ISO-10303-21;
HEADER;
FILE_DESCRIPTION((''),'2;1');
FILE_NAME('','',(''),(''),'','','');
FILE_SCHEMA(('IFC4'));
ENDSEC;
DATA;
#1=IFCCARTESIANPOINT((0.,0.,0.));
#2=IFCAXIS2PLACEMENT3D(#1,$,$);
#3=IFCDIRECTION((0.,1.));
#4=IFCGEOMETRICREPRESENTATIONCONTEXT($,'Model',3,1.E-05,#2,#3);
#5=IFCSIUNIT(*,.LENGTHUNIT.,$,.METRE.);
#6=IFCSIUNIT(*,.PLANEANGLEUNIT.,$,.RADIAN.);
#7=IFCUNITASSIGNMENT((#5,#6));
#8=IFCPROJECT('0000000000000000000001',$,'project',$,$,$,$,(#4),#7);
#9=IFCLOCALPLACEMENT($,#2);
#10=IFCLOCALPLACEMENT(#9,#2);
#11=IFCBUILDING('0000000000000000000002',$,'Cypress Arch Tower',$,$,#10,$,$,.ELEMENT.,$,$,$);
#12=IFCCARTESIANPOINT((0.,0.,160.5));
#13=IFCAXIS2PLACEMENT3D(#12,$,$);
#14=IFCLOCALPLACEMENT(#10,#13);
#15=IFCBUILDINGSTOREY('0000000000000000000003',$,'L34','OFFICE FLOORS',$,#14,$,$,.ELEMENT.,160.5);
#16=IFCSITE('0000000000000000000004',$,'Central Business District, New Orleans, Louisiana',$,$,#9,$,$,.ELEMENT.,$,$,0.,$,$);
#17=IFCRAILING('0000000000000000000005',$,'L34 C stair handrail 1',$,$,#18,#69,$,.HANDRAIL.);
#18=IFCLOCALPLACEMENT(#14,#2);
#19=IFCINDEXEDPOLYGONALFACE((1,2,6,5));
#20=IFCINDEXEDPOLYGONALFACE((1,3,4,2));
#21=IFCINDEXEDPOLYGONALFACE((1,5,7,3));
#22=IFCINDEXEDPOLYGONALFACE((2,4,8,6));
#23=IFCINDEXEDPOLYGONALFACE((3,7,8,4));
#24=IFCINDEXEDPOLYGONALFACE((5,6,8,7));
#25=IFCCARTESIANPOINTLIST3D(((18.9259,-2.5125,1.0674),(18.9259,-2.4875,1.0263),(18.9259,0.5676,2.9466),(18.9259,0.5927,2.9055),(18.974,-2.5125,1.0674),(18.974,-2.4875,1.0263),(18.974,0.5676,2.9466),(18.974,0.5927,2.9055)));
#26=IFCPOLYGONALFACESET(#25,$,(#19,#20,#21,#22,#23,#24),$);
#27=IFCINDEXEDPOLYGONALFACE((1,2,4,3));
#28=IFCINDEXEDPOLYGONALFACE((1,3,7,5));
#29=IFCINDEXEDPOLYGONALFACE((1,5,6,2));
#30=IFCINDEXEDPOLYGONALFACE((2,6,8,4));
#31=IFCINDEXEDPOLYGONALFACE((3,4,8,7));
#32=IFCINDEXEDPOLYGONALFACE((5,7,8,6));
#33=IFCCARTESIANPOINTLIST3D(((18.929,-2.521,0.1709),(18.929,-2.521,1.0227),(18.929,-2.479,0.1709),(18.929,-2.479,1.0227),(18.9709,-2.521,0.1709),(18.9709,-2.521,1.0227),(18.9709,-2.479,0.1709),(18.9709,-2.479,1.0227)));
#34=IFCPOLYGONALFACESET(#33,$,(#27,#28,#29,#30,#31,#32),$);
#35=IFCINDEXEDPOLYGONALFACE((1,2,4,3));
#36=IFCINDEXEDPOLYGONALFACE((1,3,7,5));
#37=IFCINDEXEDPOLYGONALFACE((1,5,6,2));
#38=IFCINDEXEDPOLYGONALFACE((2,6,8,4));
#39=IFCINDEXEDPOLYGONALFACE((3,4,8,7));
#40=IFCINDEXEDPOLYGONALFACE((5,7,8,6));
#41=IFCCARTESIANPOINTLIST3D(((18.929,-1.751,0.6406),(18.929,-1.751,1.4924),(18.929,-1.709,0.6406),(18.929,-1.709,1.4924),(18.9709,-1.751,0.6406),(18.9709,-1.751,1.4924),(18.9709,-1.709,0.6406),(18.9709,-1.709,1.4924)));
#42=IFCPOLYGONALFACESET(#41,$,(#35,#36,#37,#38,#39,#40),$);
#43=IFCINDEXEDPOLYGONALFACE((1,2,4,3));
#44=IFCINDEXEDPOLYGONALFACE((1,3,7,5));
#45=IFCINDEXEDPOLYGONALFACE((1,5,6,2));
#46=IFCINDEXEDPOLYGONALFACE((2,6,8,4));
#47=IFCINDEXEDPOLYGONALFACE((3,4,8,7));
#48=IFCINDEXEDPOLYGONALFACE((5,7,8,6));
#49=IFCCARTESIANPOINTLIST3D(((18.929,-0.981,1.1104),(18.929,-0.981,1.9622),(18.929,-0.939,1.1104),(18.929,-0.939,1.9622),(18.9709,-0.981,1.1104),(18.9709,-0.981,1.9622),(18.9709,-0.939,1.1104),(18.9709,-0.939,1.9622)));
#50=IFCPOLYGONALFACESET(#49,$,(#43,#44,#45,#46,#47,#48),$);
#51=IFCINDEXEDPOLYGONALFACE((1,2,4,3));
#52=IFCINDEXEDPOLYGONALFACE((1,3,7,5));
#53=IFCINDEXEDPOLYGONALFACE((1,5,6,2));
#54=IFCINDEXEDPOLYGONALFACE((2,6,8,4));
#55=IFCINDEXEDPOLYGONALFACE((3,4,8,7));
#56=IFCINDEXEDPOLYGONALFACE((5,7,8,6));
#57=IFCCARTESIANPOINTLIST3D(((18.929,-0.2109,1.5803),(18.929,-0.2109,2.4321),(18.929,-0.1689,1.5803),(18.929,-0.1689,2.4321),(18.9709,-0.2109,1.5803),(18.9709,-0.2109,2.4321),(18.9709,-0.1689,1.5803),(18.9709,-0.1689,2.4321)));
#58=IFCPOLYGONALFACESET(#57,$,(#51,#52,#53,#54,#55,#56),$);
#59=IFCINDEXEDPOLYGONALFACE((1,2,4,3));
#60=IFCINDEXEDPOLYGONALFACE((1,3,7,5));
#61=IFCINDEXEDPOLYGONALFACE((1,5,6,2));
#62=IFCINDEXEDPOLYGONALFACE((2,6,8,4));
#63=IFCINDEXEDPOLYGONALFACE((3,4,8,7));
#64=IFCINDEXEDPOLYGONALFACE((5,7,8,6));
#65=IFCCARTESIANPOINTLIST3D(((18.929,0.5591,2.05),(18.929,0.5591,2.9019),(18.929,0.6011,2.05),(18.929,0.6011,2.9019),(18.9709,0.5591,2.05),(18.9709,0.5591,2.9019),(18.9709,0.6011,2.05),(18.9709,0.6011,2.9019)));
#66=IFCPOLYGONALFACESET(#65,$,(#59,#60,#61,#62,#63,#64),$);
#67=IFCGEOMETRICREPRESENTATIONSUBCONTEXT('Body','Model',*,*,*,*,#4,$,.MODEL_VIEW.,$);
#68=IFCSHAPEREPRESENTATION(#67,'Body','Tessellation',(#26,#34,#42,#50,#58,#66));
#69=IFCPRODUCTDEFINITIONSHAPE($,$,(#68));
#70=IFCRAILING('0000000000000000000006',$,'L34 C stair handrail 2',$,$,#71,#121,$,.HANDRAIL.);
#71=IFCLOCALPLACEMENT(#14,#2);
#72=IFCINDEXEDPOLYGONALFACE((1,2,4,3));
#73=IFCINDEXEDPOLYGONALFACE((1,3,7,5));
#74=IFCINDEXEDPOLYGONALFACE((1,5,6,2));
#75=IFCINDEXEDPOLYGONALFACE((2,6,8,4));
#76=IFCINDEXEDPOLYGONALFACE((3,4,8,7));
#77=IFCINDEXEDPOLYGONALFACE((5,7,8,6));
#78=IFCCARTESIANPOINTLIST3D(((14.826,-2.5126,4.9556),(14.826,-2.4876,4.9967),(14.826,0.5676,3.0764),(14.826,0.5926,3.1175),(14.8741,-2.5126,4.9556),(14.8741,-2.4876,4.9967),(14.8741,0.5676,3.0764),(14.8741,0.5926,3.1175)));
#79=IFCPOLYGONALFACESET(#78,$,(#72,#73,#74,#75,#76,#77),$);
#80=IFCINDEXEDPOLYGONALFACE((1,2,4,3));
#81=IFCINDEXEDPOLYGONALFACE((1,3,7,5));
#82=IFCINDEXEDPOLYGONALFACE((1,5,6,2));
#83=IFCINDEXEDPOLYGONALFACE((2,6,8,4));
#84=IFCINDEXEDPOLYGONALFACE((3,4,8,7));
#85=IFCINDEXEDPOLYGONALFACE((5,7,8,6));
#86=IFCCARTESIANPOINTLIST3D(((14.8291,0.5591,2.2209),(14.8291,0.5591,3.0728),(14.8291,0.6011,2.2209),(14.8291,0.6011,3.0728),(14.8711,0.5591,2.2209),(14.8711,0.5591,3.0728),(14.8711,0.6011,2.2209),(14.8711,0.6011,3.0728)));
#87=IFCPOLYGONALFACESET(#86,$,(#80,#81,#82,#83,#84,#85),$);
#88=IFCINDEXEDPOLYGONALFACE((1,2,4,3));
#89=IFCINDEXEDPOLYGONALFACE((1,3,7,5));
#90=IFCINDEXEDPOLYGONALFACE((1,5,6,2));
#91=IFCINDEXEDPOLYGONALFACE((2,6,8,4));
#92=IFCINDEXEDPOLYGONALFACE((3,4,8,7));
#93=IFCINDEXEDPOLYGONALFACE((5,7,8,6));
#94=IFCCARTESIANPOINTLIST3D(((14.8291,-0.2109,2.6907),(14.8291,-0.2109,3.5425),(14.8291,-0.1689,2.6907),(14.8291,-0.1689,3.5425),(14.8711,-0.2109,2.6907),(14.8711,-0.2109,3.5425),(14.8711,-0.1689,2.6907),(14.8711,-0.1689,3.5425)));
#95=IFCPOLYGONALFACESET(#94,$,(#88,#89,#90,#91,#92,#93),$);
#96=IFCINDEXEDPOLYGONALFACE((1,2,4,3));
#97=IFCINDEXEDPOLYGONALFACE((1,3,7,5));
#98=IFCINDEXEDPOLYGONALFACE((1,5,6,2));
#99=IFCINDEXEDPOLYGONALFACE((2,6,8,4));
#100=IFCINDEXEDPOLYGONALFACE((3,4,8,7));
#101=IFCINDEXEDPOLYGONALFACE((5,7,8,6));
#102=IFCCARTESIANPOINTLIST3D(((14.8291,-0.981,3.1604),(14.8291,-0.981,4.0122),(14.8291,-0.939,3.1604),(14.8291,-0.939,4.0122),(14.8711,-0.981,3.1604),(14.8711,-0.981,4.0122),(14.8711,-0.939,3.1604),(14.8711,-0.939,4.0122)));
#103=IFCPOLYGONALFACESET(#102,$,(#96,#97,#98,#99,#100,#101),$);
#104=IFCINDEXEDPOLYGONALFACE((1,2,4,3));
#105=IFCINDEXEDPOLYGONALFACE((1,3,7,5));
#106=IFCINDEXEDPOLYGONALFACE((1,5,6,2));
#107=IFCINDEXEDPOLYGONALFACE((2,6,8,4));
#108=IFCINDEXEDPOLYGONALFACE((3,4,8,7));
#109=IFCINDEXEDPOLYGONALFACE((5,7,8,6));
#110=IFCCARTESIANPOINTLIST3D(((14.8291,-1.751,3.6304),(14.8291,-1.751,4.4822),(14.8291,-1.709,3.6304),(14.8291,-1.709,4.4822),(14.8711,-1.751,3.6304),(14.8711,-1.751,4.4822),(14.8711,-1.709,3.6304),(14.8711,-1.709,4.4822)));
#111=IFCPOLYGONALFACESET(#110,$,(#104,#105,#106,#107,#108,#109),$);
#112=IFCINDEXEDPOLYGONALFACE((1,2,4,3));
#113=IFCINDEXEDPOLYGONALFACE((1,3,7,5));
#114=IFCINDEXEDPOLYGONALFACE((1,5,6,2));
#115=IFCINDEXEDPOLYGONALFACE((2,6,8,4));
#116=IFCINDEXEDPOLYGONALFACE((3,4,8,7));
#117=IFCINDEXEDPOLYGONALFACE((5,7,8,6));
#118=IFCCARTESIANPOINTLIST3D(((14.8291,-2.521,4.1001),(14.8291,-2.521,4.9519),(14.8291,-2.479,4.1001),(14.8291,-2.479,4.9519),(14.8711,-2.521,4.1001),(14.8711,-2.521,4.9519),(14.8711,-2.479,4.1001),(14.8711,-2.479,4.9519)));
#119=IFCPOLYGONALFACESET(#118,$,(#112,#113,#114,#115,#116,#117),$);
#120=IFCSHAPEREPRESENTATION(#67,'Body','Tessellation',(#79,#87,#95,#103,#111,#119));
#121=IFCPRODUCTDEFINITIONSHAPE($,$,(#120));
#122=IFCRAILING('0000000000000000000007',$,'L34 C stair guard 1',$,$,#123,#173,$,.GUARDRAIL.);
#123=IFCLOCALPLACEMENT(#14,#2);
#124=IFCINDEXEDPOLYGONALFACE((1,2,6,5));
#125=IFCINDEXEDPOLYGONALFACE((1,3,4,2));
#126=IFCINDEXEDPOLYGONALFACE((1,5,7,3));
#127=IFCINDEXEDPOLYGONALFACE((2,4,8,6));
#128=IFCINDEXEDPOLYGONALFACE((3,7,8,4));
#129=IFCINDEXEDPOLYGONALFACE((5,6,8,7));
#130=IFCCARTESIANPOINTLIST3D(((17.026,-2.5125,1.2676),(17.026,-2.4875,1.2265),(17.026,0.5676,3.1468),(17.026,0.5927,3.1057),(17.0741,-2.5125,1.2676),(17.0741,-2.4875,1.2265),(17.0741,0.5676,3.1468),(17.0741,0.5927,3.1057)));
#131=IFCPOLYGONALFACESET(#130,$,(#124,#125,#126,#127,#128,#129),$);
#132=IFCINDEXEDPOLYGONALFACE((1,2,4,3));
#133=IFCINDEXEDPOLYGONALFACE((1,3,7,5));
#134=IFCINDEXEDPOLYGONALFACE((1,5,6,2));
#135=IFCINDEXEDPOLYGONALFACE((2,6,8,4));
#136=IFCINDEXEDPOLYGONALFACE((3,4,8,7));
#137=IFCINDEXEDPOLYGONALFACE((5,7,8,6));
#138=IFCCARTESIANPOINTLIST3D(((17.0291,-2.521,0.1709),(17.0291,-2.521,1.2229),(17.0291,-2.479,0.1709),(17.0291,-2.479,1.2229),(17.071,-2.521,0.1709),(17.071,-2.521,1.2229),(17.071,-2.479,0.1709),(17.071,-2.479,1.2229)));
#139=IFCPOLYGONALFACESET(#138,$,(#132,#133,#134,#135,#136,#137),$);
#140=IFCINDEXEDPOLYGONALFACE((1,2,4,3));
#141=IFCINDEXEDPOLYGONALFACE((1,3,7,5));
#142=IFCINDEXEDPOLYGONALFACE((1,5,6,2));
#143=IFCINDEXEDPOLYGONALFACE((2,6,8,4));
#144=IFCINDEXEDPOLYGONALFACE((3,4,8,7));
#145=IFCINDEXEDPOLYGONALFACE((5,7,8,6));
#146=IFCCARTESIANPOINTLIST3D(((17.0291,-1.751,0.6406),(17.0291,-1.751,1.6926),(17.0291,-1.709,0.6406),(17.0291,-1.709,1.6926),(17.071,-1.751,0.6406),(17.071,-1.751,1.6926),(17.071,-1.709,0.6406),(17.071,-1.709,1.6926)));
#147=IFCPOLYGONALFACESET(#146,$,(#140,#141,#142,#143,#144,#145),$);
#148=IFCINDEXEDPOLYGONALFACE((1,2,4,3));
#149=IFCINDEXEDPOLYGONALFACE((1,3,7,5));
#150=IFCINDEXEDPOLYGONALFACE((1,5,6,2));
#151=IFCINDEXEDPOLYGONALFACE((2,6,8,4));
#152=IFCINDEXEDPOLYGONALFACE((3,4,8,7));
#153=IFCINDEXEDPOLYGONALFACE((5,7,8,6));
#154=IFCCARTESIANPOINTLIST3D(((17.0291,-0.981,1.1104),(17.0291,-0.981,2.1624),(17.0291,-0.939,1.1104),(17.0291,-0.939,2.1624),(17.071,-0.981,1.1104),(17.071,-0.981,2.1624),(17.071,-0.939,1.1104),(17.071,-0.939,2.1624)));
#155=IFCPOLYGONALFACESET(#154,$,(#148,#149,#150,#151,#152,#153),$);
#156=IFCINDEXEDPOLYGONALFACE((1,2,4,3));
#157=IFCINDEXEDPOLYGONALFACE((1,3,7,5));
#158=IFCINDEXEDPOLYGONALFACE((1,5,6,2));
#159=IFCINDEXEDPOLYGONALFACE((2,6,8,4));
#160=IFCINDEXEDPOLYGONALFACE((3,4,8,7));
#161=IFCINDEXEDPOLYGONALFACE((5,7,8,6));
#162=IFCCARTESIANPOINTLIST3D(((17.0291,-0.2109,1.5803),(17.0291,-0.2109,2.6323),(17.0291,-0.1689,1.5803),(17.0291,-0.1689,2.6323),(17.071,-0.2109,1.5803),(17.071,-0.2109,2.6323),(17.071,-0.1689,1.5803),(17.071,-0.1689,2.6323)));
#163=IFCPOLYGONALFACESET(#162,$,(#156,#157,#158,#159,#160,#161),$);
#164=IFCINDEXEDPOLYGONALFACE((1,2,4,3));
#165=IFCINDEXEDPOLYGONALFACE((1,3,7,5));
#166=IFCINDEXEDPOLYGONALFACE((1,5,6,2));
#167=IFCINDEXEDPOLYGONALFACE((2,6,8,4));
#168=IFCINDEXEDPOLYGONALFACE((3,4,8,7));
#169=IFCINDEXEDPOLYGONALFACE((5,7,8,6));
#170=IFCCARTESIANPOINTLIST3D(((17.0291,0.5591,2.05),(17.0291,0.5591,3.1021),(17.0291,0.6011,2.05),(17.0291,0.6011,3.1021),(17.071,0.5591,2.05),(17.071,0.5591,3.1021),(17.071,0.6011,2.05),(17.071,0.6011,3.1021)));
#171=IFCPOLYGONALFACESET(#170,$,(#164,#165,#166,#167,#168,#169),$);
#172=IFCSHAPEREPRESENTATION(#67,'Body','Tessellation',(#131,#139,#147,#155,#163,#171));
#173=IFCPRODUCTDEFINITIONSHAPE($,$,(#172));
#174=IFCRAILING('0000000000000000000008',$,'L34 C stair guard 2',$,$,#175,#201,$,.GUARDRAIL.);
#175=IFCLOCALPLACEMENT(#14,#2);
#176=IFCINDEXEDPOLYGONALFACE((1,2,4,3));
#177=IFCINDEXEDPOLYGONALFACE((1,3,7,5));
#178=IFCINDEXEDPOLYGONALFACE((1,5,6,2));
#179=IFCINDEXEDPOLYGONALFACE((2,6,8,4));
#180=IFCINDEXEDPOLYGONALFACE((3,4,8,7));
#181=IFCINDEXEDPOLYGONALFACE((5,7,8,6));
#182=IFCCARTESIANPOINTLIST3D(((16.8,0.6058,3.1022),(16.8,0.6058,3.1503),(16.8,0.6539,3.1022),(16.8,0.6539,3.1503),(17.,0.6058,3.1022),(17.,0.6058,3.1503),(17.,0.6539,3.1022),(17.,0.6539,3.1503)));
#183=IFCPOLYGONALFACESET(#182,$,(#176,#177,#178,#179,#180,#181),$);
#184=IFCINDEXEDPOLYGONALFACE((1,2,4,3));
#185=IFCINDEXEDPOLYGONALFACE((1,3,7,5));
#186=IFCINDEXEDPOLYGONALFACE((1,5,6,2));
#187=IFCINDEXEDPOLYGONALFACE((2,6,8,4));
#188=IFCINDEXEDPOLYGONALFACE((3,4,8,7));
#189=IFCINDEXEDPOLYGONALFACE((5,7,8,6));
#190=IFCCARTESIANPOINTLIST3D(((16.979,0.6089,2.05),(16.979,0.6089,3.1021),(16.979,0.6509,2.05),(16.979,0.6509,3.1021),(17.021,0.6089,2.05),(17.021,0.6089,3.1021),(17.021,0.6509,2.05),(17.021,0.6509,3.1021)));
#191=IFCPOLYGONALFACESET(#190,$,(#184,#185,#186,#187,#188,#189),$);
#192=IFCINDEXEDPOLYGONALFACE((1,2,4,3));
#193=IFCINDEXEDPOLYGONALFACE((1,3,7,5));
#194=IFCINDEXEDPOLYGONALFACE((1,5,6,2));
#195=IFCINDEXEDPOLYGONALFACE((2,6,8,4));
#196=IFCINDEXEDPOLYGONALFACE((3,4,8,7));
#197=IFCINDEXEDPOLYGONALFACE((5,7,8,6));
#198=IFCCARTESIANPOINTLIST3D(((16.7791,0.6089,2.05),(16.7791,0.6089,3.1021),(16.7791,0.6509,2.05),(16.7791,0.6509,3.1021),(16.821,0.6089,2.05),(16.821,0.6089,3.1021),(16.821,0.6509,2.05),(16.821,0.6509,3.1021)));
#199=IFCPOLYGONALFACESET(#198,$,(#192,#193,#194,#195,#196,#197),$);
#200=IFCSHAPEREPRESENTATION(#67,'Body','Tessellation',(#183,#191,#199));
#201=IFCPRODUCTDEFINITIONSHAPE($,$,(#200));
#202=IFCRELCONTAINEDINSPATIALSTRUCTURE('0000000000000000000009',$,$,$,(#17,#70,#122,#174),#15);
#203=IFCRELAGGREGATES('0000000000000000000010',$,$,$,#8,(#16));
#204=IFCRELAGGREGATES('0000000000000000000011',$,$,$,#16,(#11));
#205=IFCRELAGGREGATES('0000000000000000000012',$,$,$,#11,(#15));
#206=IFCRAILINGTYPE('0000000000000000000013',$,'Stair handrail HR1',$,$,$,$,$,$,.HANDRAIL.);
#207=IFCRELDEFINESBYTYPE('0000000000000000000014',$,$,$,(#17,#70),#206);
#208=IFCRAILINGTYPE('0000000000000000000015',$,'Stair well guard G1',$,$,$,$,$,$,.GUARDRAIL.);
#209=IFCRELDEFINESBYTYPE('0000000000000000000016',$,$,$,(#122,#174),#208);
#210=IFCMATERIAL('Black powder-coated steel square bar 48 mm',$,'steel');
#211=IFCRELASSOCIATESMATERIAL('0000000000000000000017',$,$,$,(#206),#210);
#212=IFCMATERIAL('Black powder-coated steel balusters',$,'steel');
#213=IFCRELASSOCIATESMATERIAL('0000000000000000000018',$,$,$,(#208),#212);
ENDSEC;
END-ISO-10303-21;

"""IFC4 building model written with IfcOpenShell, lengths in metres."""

from ifc_helpers import new_model, si_unit, direction, frame, origin, origin_2d, place, context, subcontext, project, spatial, rectangle, extrude, material, type_object, element, save


model = new_model("IFC4")

# Units and contexts
model_context = context("Model", 3, precision=1e-05, world=origin(), true_north=direction((0.0, 1.0)))
body_context = subcontext(model_context, "Body", "Model", "MODEL_VIEW")
ifc_project = project(units=[si_unit("LENGTHUNIT", "METRE"), si_unit("PLANEANGLEUNIT", "RADIAN")], contexts=[model_context])

# Site, building, storey
site_placement = place(None, origin())
site = spatial("IfcSite", under=ifc_project, at=site_placement, Name="Central Business District, New Orleans, Louisiana", CompositionType="ELEMENT", RefElevation=0.0)
building_placement = place(site_placement, origin())
building = spatial("IfcBuilding", under=site, at=building_placement, Name="Cypress Arch Tower", CompositionType="ELEMENT")
storey_placement = place(building_placement, frame((0.0, 0.0, 160.5)))
storey = spatial("IfcBuildingStorey", under=building, at=storey_placement, Name="L34", Description="OFFICE FLOORS", CompositionType="ELEMENT", Elevation=160.5)

# Railings
ifc_material_1 = material(Name="Black powder-coated steel square bar 48 mm", Category="steel")
railing_type_1 = type_object("IfcRailingType", Name="Stair handrail HR1", PredefinedType="HANDRAIL", material=ifc_material_1)
railing_1_placement = place(storey_placement, frame((18.95, -2.5, 0.1709)))
element("IfcRailing", 1, at=railing_1_placement, inside=storey, type_object=railing_type_1, Name="L34 C stair handrail 1", PredefinedType="HANDRAIL", context=body_context, shape_type="SweptSolid", body=[
    extrude(rectangle(XDim=0.0481, YDim=0.0481, at=origin_2d()), frame((0.0, 0.0, 0.876), z_axis=(0.0, 0.853666, 0.52082), x_axis=(-1.0, 0.0, 0.0)), (0.0, 0.0, 1.0), 3.6082),
    extrude(rectangle(XDim=0.042, YDim=0.042, at=origin_2d()), origin(), (0.0, 0.0, 1.0), 0.8518),
    extrude(rectangle(XDim=0.042, YDim=0.042, at=origin_2d()), frame((0.0, 0.77, 0.4697)), (0.0, 0.0, 1.0), 0.8518),
    extrude(rectangle(XDim=0.042, YDim=0.042, at=origin_2d()), frame((0.0, 1.54, 0.9395)), (0.0, 0.0, 1.0), 0.8518),
    extrude(rectangle(XDim=0.042, YDim=0.042, at=origin_2d()), frame((0.0, 2.3101, 1.4094)), (0.0, 0.0, 1.0), 0.8518),
    extrude(rectangle(XDim=0.042, YDim=0.042, at=origin_2d()), frame((0.0, 3.0801, 1.8792)), (0.0, 0.0, 1.0), 0.8518),
])
railing_2_placement = place(storey_placement, frame((14.8501, 0.5801, 2.2209)))
element("IfcRailing", 2, at=railing_2_placement, inside=storey, type_object=railing_type_1, Name="L34 C stair handrail 2", PredefinedType="HANDRAIL", context=body_context, shape_type="SweptSolid", body=[
    extrude(rectangle(XDim=0.0481, YDim=0.0481, at=origin_2d()), frame((0.0, 0.0, 0.876), z_axis=(0.0, -0.853666, 0.52082), x_axis=(1.0, 0.0, 0.0)), (0.0, 0.0, 1.0), 3.6082),
    extrude(rectangle(XDim=0.042, YDim=0.042, at=origin_2d()), origin(), (0.0, 0.0, 1.0), 0.8518),
    extrude(rectangle(XDim=0.042, YDim=0.042, at=origin_2d()), frame((0.0, -0.77, 0.4697)), (0.0, 0.0, 1.0), 0.8518),
    extrude(rectangle(XDim=0.042, YDim=0.042, at=origin_2d()), frame((0.0, -1.54, 0.9395)), (0.0, 0.0, 1.0), 0.8518),
    extrude(rectangle(XDim=0.042, YDim=0.042, at=origin_2d()), frame((0.0, -2.3101, 1.4094)), (0.0, 0.0, 1.0), 0.8518),
    extrude(rectangle(XDim=0.042, YDim=0.042, at=origin_2d()), frame((0.0, -3.0801, 1.8792)), (0.0, 0.0, 1.0), 0.8518),
])
ifc_material_2 = material(Name="Black powder-coated steel balusters", Category="steel")
railing_type_2 = type_object("IfcRailingType", Name="Stair well guard G1", PredefinedType="GUARDRAIL", material=ifc_material_2)
railing_3_placement = place(storey_placement, frame((17.05, -2.5, 0.1709)))
element("IfcRailing", 3, at=railing_3_placement, inside=storey, type_object=railing_type_2, Name="L34 C stair guard 1", PredefinedType="GUARDRAIL", context=body_context, shape_type="SweptSolid", body=[
    extrude(rectangle(XDim=0.0481, YDim=0.0481, at=origin_2d()), frame((0.0, 0.0, 1.0762), z_axis=(0.0, 0.853666, 0.52082), x_axis=(-1.0, 0.0, 0.0)), (0.0, 0.0, 1.0), 3.6082),
    extrude(rectangle(XDim=0.042, YDim=0.042, at=origin_2d()), origin(), (0.0, 0.0, 1.0), 1.052),
    extrude(rectangle(XDim=0.042, YDim=0.042, at=origin_2d()), frame((0.0, 0.77, 0.4697)), (0.0, 0.0, 1.0), 1.052),
    extrude(rectangle(XDim=0.042, YDim=0.042, at=origin_2d()), frame((0.0, 1.54, 0.9395)), (0.0, 0.0, 1.0), 1.052),
    extrude(rectangle(XDim=0.042, YDim=0.042, at=origin_2d()), frame((0.0, 2.3101, 1.4094)), (0.0, 0.0, 1.0), 1.052),
    extrude(rectangle(XDim=0.042, YDim=0.042, at=origin_2d()), frame((0.0, 3.0801, 1.8792)), (0.0, 0.0, 1.0), 1.052),
])
railing_4_placement = place(storey_placement, frame((17.0, 0.6299, 2.05)))
element("IfcRailing", 4, at=railing_4_placement, inside=storey, type_object=railing_type_2, Name="L34 C stair guard 2", PredefinedType="GUARDRAIL", context=body_context, shape_type="SweptSolid", body=[
    extrude(rectangle(XDim=0.0481, YDim=0.0481, at=origin_2d()), frame((0.0, 0.0, 1.0762), z_axis=(-1.0, 0.0, 0.0), x_axis=(0.0, -1.0, 0.0)), (0.0, 0.0, 1.0), 0.2),
    extrude(rectangle(XDim=0.042, YDim=0.042, at=origin_2d()), origin(), (0.0, 0.0, 1.0), 1.052),
    extrude(rectangle(XDim=0.042, YDim=0.042, at=origin_2d()), frame((-0.2, 0.0, 0.0)), (0.0, 0.0, 1.0), 1.052),
])

save(model, "model.ifc")
